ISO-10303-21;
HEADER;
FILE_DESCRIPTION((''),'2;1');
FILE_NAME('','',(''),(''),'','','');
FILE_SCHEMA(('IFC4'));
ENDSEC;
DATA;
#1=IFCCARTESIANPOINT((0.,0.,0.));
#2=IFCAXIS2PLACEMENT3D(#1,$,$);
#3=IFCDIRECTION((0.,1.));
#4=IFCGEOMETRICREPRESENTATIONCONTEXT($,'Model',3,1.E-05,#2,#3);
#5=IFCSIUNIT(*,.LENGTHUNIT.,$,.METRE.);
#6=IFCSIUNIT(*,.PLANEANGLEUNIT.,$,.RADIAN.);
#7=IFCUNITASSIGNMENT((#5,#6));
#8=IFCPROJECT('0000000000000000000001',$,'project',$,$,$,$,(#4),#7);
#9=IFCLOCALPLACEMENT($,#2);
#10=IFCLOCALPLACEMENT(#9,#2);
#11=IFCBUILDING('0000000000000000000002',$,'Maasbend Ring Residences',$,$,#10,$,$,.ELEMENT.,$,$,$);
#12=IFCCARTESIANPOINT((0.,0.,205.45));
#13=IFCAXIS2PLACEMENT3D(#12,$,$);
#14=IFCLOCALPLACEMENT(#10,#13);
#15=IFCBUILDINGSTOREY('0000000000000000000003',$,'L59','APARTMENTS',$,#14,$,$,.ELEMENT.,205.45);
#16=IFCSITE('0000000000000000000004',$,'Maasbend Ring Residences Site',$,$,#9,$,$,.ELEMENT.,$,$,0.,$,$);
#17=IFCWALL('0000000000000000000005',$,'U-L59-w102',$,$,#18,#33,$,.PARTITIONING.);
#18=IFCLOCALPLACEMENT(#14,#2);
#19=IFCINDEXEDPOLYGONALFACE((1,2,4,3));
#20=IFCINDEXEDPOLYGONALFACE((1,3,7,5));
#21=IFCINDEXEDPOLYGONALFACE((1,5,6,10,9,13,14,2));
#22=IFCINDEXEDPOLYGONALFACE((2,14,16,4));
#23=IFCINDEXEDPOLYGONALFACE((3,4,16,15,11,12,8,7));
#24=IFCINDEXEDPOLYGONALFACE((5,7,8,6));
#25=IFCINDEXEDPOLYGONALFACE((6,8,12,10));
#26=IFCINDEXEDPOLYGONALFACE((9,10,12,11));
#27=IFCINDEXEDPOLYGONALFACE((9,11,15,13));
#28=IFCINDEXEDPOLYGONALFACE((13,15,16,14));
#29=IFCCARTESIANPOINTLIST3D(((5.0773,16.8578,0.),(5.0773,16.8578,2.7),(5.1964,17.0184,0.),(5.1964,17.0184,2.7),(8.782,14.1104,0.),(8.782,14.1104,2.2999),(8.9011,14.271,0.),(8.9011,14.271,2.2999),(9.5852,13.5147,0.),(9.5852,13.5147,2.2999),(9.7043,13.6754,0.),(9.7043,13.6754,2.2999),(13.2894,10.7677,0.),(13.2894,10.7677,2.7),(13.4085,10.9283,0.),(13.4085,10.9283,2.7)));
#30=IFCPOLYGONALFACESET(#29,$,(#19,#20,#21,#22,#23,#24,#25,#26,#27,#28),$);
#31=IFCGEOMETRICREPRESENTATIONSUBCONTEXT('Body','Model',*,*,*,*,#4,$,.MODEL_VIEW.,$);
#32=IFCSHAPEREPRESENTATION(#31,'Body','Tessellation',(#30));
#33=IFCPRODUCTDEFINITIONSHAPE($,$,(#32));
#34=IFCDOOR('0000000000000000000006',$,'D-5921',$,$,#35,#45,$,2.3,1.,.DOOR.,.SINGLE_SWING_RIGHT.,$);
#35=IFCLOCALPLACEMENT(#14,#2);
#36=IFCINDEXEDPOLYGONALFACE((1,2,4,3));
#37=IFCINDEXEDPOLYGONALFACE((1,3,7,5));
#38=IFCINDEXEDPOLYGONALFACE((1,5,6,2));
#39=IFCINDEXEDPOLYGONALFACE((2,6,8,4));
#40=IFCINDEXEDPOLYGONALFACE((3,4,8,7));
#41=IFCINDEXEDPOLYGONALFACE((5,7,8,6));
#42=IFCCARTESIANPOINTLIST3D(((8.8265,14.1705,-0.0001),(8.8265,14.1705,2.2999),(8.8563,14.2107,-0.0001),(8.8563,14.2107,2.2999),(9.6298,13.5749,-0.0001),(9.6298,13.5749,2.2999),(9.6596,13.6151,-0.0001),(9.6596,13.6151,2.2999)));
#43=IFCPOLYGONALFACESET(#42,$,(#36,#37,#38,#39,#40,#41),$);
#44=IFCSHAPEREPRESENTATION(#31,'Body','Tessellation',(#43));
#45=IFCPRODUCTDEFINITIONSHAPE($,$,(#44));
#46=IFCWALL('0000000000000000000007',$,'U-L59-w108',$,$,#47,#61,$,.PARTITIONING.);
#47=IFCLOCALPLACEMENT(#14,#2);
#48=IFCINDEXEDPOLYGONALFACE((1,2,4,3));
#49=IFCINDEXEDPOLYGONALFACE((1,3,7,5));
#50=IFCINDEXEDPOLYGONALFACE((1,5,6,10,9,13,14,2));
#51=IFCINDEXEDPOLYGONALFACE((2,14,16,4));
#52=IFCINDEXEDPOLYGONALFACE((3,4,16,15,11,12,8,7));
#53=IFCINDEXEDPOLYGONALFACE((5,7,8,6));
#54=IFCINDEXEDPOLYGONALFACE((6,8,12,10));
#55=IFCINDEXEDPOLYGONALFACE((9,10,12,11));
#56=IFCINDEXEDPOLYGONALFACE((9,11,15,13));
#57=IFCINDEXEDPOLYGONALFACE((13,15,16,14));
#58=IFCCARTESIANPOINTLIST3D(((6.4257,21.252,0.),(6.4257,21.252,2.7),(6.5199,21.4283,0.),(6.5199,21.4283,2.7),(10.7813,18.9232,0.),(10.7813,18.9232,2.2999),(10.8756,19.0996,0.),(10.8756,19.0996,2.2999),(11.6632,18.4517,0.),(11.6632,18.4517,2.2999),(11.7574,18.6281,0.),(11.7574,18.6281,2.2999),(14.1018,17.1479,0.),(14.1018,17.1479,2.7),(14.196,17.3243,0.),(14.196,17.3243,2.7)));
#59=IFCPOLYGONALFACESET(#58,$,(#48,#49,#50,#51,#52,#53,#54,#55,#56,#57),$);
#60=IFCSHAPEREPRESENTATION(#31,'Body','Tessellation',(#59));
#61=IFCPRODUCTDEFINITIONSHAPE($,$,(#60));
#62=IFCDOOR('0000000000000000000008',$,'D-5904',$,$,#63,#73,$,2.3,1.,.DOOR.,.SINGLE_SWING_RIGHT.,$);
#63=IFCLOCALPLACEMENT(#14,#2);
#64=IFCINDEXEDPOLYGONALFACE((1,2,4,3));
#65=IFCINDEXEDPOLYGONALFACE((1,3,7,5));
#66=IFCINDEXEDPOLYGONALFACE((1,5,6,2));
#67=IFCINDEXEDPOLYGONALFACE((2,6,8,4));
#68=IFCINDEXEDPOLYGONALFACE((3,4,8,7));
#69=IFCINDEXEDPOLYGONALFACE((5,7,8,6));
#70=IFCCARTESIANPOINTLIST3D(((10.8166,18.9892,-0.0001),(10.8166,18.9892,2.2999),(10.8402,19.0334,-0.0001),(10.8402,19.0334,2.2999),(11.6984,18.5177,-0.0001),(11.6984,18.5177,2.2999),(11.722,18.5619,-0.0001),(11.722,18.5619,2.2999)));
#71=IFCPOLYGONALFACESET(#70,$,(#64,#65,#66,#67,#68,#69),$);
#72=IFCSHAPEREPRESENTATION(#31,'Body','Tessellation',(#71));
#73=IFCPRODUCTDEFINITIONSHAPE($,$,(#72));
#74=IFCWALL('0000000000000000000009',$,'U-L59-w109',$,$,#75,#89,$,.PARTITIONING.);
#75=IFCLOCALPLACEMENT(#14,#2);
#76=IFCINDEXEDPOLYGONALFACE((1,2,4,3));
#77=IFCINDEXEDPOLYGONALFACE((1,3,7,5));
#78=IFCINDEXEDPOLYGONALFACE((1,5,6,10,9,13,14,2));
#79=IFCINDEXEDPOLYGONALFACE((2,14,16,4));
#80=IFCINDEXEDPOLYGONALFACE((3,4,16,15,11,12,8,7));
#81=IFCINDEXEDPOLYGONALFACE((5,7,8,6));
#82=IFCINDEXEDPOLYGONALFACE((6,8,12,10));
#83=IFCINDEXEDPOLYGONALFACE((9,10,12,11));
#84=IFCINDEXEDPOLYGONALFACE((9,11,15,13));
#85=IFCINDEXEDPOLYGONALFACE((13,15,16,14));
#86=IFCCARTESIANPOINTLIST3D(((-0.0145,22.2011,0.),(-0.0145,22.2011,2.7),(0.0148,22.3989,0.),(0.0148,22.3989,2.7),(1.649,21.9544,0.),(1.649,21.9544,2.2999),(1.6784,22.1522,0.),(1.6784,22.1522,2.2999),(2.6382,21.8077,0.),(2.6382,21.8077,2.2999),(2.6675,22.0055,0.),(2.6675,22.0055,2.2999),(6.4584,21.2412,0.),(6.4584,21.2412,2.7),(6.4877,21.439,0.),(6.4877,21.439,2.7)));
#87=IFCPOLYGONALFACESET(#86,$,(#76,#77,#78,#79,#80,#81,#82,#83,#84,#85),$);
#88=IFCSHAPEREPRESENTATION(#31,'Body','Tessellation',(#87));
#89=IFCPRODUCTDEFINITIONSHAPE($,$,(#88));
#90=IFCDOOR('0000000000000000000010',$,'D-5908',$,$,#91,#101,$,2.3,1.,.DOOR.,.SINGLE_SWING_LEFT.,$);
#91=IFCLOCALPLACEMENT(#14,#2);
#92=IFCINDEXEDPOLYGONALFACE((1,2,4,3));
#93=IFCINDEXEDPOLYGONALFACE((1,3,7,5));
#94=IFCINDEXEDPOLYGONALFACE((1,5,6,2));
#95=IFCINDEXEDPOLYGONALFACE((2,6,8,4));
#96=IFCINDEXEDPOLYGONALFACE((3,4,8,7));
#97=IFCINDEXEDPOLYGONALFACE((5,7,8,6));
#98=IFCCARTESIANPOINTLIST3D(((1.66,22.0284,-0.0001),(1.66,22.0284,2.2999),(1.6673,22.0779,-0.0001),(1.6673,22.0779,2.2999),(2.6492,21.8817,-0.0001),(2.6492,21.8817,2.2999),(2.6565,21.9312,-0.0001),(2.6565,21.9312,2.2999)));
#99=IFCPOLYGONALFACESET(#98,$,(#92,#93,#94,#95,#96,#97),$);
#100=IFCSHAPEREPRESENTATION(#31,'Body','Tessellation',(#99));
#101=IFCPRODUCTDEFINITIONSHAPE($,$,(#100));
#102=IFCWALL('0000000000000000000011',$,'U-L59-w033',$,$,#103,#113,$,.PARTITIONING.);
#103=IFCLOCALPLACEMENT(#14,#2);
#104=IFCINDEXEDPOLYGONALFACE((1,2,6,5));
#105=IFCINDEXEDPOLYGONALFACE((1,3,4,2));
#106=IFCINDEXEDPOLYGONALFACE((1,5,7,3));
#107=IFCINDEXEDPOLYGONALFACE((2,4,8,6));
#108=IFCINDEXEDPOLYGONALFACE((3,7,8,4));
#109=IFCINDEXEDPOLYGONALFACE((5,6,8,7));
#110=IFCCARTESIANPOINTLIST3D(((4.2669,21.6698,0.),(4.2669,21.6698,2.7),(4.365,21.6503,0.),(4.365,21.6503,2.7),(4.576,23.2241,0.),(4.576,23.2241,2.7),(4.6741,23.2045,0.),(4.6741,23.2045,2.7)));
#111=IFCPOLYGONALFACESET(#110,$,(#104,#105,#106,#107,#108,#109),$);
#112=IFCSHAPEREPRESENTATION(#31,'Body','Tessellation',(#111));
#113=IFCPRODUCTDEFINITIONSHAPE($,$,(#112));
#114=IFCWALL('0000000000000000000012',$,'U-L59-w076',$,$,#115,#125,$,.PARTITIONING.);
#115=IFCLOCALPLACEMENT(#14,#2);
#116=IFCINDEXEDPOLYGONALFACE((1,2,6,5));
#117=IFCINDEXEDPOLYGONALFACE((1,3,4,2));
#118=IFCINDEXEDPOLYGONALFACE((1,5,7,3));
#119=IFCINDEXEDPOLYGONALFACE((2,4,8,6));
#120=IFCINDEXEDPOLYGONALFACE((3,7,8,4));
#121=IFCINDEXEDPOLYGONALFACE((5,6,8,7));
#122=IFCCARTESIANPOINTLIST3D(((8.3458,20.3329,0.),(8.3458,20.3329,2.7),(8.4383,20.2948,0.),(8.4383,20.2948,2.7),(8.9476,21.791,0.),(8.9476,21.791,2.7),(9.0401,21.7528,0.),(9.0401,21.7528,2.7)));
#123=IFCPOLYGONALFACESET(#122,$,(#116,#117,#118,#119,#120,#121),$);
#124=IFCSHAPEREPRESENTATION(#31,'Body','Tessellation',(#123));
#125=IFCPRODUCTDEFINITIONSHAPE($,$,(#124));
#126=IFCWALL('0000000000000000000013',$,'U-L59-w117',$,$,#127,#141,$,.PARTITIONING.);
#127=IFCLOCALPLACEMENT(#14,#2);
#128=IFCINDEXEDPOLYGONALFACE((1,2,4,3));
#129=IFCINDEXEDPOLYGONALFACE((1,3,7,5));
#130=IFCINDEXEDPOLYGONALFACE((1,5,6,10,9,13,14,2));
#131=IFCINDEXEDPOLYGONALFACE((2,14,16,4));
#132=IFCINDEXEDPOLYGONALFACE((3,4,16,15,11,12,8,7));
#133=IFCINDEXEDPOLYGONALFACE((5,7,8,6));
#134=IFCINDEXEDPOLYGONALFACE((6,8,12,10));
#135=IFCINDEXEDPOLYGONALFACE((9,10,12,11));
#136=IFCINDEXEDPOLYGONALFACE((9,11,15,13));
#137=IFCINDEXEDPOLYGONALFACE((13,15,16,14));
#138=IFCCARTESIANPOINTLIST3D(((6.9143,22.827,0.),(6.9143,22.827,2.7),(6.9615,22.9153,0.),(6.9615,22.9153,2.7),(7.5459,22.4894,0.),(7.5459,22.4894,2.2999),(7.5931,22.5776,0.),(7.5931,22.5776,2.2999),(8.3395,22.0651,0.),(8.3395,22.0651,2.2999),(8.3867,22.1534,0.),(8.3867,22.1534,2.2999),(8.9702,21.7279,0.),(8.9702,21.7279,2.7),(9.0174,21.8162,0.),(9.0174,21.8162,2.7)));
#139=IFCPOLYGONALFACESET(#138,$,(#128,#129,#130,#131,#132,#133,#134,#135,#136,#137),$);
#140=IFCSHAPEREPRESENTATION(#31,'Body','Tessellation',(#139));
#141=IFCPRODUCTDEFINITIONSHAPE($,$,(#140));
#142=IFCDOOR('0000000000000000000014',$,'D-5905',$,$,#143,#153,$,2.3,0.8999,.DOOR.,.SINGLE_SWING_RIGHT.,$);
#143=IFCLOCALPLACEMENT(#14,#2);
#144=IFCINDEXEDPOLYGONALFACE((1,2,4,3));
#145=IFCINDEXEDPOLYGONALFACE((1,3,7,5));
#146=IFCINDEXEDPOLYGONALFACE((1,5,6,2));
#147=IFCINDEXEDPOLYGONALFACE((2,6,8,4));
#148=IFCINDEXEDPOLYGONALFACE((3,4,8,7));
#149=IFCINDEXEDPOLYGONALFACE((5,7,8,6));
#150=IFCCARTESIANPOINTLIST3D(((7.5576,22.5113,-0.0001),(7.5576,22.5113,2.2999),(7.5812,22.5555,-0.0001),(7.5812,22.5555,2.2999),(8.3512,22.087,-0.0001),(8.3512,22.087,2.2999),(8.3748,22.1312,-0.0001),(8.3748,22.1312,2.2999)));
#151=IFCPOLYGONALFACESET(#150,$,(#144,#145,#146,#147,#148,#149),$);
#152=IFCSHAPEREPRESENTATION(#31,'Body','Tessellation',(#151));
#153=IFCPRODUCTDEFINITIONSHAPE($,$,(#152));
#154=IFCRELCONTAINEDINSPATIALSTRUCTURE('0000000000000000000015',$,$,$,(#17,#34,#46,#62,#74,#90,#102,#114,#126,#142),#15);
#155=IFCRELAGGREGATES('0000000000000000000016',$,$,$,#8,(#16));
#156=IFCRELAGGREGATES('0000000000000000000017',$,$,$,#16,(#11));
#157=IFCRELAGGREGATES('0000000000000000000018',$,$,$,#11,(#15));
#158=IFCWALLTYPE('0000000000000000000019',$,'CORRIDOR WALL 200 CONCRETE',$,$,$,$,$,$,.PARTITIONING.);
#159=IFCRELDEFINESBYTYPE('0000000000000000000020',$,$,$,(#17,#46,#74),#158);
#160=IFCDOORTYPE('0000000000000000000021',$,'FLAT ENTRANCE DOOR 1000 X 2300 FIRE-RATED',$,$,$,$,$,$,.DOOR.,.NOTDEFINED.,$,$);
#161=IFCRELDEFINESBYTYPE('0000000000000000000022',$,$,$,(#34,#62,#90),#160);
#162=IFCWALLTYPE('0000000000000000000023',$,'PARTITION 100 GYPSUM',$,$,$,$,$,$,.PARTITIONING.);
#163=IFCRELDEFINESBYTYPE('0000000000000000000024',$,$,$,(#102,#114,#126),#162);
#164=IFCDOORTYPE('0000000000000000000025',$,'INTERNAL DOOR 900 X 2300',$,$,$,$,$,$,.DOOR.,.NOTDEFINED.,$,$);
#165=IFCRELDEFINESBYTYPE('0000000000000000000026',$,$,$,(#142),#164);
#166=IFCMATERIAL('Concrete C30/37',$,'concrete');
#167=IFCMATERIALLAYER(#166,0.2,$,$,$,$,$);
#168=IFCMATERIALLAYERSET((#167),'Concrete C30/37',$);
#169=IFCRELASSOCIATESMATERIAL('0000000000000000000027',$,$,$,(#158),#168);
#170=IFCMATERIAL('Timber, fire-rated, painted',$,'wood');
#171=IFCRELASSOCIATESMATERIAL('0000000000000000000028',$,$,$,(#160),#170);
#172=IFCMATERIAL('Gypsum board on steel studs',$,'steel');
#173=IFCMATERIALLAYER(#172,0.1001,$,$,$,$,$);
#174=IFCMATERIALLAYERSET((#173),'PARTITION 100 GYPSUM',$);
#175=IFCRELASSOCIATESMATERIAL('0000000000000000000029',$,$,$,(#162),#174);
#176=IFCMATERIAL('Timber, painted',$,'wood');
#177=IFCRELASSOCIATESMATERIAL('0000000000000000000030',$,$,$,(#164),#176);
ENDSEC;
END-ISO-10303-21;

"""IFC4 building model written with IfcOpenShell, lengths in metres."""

from ifc_helpers import new_model, si_unit, direction, frame, frame_2d, origin, place, context, subcontext, project, spatial, rectangle, extrude, material, layer, layer_set, type_object, element, fill, save


model = new_model("IFC4")

# Units and contexts
model_context = context("Model", 3, precision=1e-05, world=origin(), true_north=direction((0.0, 1.0)))
body_context = subcontext(model_context, "Body", "Model", "MODEL_VIEW")
ifc_project = project(units=[si_unit("LENGTHUNIT", "METRE"), si_unit("PLANEANGLEUNIT", "RADIAN")], contexts=[model_context])

# Site, building, storey
site_placement = place(None, origin())
site = spatial("IfcSite", under=ifc_project, at=site_placement, Name="Maasbend Ring Residences Site", CompositionType="ELEMENT", RefElevation=0.0)
building_placement = place(site_placement, origin())
building = spatial("IfcBuilding", under=site, at=building_placement, Name="Maasbend Ring Residences", CompositionType="ELEMENT")
storey_placement = place(building_placement, frame((0.0, 0.0, 205.45)))
storey = spatial("IfcBuildingStorey", under=building, at=storey_placement, Name="L59", Description="APARTMENTS", CompositionType="ELEMENT", Elevation=205.45)

# Walls, openings, doors
ifc_material_1 = material(Name="Concrete C30/37", Category="concrete")
ifc_layer_1 = layer(ifc_material_1, 0.2)
ifc_layer_set_1 = layer_set([ifc_layer_1], Name="Concrete C30/37")
wall_type_1 = type_object("IfcWallType", Name="CORRIDOR WALL 200 CONCRETE", PredefinedType="PARTITIONING", material=ifc_layer_set_1)
wall_1_placement = place(storey_placement, frame((5.137, 16.938, 0.0), z_axis=(0.0, 0.0, 1.0), x_axis=(0.803229, -0.59567, 0.0)))
wall_1 = element("IfcWall", 1, at=wall_1_placement, inside=storey, type_object=wall_type_1, Name="U-L59-w102", PredefinedType="PARTITIONING", context=body_context, shape_type="SweptSolid", body=[
    extrude(rectangle(XDim=10.2239, YDim=0.2, at=frame_2d((5.1118, 0.0))), origin(), (0.0, 0.0, 1.0), 2.7),
])
opening_1_placement = place(wall_1_placement, frame((4.6121, 0.0, 0.0)))
opening_1 = element("IfcOpeningElement", 2, at=opening_1_placement, cuts=wall_1, PredefinedType="OPENING", context=body_context, shape_type="SweptSolid", body=[
    extrude(rectangle(XDim=1.0, YDim=2.3, at=frame_2d((0.5, 1.1499))), frame((0.0, 0.1099, 0.0), z_axis=(0.0, -1.0, 0.0), x_axis=(1.0, 0.0, 0.0)), (0.0, 0.0, 1.0), 0.22),
])
ifc_material_2 = material(Name="Timber, fire-rated, painted", Category="wood")
door_type_1 = type_object("IfcDoorType", Name="FLAT ENTRANCE DOOR 1000 X 2300 FIRE-RATED", OperationType="NOTDEFINED", PredefinedType="DOOR", material=ifc_material_2)
door_1_placement = place(opening_1_placement, origin())
door_1 = element("IfcDoor", 3, at=door_1_placement, inside=storey, type_object=door_type_1, Name="D-5921", OperationType="SINGLE_SWING_RIGHT", OverallHeight=2.3, OverallWidth=1.0, PredefinedType="DOOR", context=body_context, shape_type="SweptSolid", body=[
    extrude(rectangle(XDim=1.0, YDim=2.3, at=frame_2d((0.5, 1.1499))), frame((0.0, 0.0249, 0.0), z_axis=(0.0, -1.0, 0.0), x_axis=(1.0, 0.0, 0.0)), (0.0, 0.0, 1.0), 0.05),
])
fill(opening_1, door_1)
wall_2_placement = place(storey_placement, frame((6.4729, 21.3401, 0.0), z_axis=(0.0, 0.0, 1.0), x_axis=(0.88187, -0.471493, 0.0)))
wall_2 = element("IfcWall", 4, at=wall_2_placement, inside=storey, type_object=wall_type_1, Name="U-L59-w108", PredefinedType="PARTITIONING", context=body_context, shape_type="SweptSolid", body=[
    extrude(rectangle(XDim=8.7043, YDim=0.2, at=frame_2d((4.3521, 0.0))), origin(), (0.0, 0.0, 1.0), 2.7),
])
opening_2_placement = place(wall_2_placement, frame((4.939, 0.0, 0.0)))
opening_2 = element("IfcOpeningElement", 5, at=opening_2_placement, cuts=wall_2, PredefinedType="OPENING", context=body_context, shape_type="SweptSolid", body=[
    extrude(rectangle(XDim=1.0, YDim=2.3, at=frame_2d((0.5, 1.1499))), frame((0.0, 0.1099, 0.0), z_axis=(0.0, -1.0, 0.0), x_axis=(1.0, 0.0, 0.0)), (0.0, 0.0, 1.0), 0.22),
])
door_2_placement = place(opening_2_placement, origin())
door_2 = element("IfcDoor", 6, at=door_2_placement, inside=storey, type_object=door_type_1, Name="D-5904", OperationType="SINGLE_SWING_RIGHT", OverallHeight=2.3, OverallWidth=1.0, PredefinedType="DOOR", context=body_context, shape_type="SweptSolid", body=[
    extrude(rectangle(XDim=1.0, YDim=2.3, at=frame_2d((0.5, 1.1499))), frame((0.0, 0.0249, 0.0), z_axis=(0.0, -1.0, 0.0), x_axis=(1.0, 0.0, 0.0)), (0.0, 0.0, 1.0), 0.05),
])
fill(opening_2, door_2)
wall_3_placement = place(storey_placement, frame((0.0, 22.3, 0.0), z_axis=(0.0, 0.0, 1.0), x_axis=(0.989181, -0.1467, 0.0)))
wall_3 = element("IfcWall", 7, at=wall_3_placement, inside=storey, type_object=wall_type_1, Name="U-L59-w109", PredefinedType="PARTITIONING", context=body_context, shape_type="SweptSolid", body=[
    extrude(rectangle(XDim=6.5437, YDim=0.2, at=frame_2d((3.272, 0.0))), origin(), (0.0, 0.0, 1.0), 2.7),
])
opening_3_placement = place(wall_3_placement, frame((1.6819, 0.0, 0.0)))
opening_3 = element("IfcOpeningElement", 8, at=opening_3_placement, cuts=wall_3, PredefinedType="OPENING", context=body_context, shape_type="SweptSolid", body=[
    extrude(rectangle(XDim=1.0, YDim=2.3, at=frame_2d((0.5, 1.1499))), frame((0.0, 0.1099, 0.0), z_axis=(0.0, -1.0, 0.0), x_axis=(1.0, 0.0, 0.0)), (0.0, 0.0, 1.0), 0.22),
])
door_3_placement = place(opening_3_placement, origin())
door_3 = element("IfcDoor", 9, at=door_3_placement, inside=storey, type_object=door_type_1, Name="D-5908", OperationType="SINGLE_SWING_LEFT", OverallHeight=2.3, OverallWidth=1.0, PredefinedType="DOOR", context=body_context, shape_type="SweptSolid", body=[
    extrude(rectangle(XDim=1.0, YDim=2.3, at=frame_2d((0.5, 1.1499))), frame((0.0, 0.0249, 0.0), z_axis=(0.0, -1.0, 0.0), x_axis=(1.0, 0.0, 0.0)), (0.0, 0.0, 1.0), 0.05),
])
fill(opening_3, door_3)

# Walls
ifc_material_3 = material(Name="Gypsum board on steel studs", Category="steel")
ifc_layer_2 = layer(ifc_material_3, 0.1001)
ifc_layer_set_2 = layer_set([ifc_layer_2], Name="PARTITION 100 GYPSUM")
wall_type_2 = type_object("IfcWallType", Name="PARTITION 100 GYPSUM", PredefinedType="PARTITIONING", material=ifc_layer_set_2)
wall_4_placement = place(storey_placement, frame((4.3159, 21.6599, 0.0), z_axis=(0.0, 0.0, 1.0), x_axis=(0.195049, 0.980793, 0.0)))
element("IfcWall", 10, at=wall_4_placement, inside=storey, type_object=wall_type_2, Name="U-L59-w033", PredefinedType="PARTITIONING", context=body_context, shape_type="SweptSolid", body=[
    extrude(rectangle(XDim=1.5847, YDim=0.1001, at=frame_2d((0.7925, 0.0))), origin(), (0.0, 0.0, 1.0), 2.7),
])
wall_5_placement = place(storey_placement, frame((8.3921, 20.314, 0.0), z_axis=(0.0, 0.0, 1.0), x_axis=(0.381536, 0.924354, 0.0)))
element("IfcWall", 11, at=wall_5_placement, inside=storey, type_object=wall_type_2, Name="U-L59-w076", PredefinedType="PARTITIONING", context=body_context, shape_type="SweptSolid", body=[
    extrude(rectangle(XDim=1.5774, YDim=0.1001, at=frame_2d((0.7886, 0.0))), origin(), (0.0, 0.0, 1.0), 2.7),
])

# Wall, opening, door
wall_6_placement = place(storey_placement, frame((6.938, 22.8711, 0.0), z_axis=(0.0, 0.0, 1.0), x_axis=(0.881883, -0.471469, 0.0)))
wall_6 = element("IfcWall", 12, at=wall_6_placement, inside=storey, type_object=wall_type_2, Name="U-L59-w117", PredefinedType="PARTITIONING", context=body_context, shape_type="SweptSolid", body=[
    extrude(rectangle(XDim=2.3313, YDim=0.1001, at=frame_2d((1.1655, 0.0))), origin(), (0.0, 0.0, 1.0), 2.7),
])
opening_4_placement = place(wall_6_placement, frame((0.7161, 0.0, 0.0)))
opening_4 = element("IfcOpeningElement", 13, at=opening_4_placement, cuts=wall_6, PredefinedType="OPENING", context=body_context, shape_type="SweptSolid", body=[
    extrude(rectangle(XDim=0.8999, YDim=2.3, at=frame_2d((0.45, 1.1499))), frame((0.0, 0.0601, 0.0), z_axis=(0.0, -1.0, 0.0), x_axis=(1.0, 0.0, 0.0)), (0.0, 0.0, 1.0), 0.1201),
])
ifc_material_4 = material(Name="Timber, painted", Category="wood")
door_type_2 = type_object("IfcDoorType", Name="INTERNAL DOOR 900 X 2300", OperationType="NOTDEFINED", PredefinedType="DOOR", material=ifc_material_4)
door_4_placement = place(opening_4_placement, origin())
door_4 = element("IfcDoor", 14, at=door_4_placement, inside=storey, type_object=door_type_2, Name="D-5905", OperationType="SINGLE_SWING_RIGHT", OverallHeight=2.3, OverallWidth=0.8999, PredefinedType="DOOR", context=body_context, shape_type="SweptSolid", body=[
    extrude(rectangle(XDim=0.8999, YDim=2.3, at=frame_2d((0.45, 1.1499))), frame((0.0, 0.0249, 0.0), z_axis=(0.0, -1.0, 0.0), x_axis=(1.0, 0.0, 0.0)), (0.0, 0.0, 1.0), 0.05),
])
fill(opening_4, door_4)

save(model, "model.ifc")
